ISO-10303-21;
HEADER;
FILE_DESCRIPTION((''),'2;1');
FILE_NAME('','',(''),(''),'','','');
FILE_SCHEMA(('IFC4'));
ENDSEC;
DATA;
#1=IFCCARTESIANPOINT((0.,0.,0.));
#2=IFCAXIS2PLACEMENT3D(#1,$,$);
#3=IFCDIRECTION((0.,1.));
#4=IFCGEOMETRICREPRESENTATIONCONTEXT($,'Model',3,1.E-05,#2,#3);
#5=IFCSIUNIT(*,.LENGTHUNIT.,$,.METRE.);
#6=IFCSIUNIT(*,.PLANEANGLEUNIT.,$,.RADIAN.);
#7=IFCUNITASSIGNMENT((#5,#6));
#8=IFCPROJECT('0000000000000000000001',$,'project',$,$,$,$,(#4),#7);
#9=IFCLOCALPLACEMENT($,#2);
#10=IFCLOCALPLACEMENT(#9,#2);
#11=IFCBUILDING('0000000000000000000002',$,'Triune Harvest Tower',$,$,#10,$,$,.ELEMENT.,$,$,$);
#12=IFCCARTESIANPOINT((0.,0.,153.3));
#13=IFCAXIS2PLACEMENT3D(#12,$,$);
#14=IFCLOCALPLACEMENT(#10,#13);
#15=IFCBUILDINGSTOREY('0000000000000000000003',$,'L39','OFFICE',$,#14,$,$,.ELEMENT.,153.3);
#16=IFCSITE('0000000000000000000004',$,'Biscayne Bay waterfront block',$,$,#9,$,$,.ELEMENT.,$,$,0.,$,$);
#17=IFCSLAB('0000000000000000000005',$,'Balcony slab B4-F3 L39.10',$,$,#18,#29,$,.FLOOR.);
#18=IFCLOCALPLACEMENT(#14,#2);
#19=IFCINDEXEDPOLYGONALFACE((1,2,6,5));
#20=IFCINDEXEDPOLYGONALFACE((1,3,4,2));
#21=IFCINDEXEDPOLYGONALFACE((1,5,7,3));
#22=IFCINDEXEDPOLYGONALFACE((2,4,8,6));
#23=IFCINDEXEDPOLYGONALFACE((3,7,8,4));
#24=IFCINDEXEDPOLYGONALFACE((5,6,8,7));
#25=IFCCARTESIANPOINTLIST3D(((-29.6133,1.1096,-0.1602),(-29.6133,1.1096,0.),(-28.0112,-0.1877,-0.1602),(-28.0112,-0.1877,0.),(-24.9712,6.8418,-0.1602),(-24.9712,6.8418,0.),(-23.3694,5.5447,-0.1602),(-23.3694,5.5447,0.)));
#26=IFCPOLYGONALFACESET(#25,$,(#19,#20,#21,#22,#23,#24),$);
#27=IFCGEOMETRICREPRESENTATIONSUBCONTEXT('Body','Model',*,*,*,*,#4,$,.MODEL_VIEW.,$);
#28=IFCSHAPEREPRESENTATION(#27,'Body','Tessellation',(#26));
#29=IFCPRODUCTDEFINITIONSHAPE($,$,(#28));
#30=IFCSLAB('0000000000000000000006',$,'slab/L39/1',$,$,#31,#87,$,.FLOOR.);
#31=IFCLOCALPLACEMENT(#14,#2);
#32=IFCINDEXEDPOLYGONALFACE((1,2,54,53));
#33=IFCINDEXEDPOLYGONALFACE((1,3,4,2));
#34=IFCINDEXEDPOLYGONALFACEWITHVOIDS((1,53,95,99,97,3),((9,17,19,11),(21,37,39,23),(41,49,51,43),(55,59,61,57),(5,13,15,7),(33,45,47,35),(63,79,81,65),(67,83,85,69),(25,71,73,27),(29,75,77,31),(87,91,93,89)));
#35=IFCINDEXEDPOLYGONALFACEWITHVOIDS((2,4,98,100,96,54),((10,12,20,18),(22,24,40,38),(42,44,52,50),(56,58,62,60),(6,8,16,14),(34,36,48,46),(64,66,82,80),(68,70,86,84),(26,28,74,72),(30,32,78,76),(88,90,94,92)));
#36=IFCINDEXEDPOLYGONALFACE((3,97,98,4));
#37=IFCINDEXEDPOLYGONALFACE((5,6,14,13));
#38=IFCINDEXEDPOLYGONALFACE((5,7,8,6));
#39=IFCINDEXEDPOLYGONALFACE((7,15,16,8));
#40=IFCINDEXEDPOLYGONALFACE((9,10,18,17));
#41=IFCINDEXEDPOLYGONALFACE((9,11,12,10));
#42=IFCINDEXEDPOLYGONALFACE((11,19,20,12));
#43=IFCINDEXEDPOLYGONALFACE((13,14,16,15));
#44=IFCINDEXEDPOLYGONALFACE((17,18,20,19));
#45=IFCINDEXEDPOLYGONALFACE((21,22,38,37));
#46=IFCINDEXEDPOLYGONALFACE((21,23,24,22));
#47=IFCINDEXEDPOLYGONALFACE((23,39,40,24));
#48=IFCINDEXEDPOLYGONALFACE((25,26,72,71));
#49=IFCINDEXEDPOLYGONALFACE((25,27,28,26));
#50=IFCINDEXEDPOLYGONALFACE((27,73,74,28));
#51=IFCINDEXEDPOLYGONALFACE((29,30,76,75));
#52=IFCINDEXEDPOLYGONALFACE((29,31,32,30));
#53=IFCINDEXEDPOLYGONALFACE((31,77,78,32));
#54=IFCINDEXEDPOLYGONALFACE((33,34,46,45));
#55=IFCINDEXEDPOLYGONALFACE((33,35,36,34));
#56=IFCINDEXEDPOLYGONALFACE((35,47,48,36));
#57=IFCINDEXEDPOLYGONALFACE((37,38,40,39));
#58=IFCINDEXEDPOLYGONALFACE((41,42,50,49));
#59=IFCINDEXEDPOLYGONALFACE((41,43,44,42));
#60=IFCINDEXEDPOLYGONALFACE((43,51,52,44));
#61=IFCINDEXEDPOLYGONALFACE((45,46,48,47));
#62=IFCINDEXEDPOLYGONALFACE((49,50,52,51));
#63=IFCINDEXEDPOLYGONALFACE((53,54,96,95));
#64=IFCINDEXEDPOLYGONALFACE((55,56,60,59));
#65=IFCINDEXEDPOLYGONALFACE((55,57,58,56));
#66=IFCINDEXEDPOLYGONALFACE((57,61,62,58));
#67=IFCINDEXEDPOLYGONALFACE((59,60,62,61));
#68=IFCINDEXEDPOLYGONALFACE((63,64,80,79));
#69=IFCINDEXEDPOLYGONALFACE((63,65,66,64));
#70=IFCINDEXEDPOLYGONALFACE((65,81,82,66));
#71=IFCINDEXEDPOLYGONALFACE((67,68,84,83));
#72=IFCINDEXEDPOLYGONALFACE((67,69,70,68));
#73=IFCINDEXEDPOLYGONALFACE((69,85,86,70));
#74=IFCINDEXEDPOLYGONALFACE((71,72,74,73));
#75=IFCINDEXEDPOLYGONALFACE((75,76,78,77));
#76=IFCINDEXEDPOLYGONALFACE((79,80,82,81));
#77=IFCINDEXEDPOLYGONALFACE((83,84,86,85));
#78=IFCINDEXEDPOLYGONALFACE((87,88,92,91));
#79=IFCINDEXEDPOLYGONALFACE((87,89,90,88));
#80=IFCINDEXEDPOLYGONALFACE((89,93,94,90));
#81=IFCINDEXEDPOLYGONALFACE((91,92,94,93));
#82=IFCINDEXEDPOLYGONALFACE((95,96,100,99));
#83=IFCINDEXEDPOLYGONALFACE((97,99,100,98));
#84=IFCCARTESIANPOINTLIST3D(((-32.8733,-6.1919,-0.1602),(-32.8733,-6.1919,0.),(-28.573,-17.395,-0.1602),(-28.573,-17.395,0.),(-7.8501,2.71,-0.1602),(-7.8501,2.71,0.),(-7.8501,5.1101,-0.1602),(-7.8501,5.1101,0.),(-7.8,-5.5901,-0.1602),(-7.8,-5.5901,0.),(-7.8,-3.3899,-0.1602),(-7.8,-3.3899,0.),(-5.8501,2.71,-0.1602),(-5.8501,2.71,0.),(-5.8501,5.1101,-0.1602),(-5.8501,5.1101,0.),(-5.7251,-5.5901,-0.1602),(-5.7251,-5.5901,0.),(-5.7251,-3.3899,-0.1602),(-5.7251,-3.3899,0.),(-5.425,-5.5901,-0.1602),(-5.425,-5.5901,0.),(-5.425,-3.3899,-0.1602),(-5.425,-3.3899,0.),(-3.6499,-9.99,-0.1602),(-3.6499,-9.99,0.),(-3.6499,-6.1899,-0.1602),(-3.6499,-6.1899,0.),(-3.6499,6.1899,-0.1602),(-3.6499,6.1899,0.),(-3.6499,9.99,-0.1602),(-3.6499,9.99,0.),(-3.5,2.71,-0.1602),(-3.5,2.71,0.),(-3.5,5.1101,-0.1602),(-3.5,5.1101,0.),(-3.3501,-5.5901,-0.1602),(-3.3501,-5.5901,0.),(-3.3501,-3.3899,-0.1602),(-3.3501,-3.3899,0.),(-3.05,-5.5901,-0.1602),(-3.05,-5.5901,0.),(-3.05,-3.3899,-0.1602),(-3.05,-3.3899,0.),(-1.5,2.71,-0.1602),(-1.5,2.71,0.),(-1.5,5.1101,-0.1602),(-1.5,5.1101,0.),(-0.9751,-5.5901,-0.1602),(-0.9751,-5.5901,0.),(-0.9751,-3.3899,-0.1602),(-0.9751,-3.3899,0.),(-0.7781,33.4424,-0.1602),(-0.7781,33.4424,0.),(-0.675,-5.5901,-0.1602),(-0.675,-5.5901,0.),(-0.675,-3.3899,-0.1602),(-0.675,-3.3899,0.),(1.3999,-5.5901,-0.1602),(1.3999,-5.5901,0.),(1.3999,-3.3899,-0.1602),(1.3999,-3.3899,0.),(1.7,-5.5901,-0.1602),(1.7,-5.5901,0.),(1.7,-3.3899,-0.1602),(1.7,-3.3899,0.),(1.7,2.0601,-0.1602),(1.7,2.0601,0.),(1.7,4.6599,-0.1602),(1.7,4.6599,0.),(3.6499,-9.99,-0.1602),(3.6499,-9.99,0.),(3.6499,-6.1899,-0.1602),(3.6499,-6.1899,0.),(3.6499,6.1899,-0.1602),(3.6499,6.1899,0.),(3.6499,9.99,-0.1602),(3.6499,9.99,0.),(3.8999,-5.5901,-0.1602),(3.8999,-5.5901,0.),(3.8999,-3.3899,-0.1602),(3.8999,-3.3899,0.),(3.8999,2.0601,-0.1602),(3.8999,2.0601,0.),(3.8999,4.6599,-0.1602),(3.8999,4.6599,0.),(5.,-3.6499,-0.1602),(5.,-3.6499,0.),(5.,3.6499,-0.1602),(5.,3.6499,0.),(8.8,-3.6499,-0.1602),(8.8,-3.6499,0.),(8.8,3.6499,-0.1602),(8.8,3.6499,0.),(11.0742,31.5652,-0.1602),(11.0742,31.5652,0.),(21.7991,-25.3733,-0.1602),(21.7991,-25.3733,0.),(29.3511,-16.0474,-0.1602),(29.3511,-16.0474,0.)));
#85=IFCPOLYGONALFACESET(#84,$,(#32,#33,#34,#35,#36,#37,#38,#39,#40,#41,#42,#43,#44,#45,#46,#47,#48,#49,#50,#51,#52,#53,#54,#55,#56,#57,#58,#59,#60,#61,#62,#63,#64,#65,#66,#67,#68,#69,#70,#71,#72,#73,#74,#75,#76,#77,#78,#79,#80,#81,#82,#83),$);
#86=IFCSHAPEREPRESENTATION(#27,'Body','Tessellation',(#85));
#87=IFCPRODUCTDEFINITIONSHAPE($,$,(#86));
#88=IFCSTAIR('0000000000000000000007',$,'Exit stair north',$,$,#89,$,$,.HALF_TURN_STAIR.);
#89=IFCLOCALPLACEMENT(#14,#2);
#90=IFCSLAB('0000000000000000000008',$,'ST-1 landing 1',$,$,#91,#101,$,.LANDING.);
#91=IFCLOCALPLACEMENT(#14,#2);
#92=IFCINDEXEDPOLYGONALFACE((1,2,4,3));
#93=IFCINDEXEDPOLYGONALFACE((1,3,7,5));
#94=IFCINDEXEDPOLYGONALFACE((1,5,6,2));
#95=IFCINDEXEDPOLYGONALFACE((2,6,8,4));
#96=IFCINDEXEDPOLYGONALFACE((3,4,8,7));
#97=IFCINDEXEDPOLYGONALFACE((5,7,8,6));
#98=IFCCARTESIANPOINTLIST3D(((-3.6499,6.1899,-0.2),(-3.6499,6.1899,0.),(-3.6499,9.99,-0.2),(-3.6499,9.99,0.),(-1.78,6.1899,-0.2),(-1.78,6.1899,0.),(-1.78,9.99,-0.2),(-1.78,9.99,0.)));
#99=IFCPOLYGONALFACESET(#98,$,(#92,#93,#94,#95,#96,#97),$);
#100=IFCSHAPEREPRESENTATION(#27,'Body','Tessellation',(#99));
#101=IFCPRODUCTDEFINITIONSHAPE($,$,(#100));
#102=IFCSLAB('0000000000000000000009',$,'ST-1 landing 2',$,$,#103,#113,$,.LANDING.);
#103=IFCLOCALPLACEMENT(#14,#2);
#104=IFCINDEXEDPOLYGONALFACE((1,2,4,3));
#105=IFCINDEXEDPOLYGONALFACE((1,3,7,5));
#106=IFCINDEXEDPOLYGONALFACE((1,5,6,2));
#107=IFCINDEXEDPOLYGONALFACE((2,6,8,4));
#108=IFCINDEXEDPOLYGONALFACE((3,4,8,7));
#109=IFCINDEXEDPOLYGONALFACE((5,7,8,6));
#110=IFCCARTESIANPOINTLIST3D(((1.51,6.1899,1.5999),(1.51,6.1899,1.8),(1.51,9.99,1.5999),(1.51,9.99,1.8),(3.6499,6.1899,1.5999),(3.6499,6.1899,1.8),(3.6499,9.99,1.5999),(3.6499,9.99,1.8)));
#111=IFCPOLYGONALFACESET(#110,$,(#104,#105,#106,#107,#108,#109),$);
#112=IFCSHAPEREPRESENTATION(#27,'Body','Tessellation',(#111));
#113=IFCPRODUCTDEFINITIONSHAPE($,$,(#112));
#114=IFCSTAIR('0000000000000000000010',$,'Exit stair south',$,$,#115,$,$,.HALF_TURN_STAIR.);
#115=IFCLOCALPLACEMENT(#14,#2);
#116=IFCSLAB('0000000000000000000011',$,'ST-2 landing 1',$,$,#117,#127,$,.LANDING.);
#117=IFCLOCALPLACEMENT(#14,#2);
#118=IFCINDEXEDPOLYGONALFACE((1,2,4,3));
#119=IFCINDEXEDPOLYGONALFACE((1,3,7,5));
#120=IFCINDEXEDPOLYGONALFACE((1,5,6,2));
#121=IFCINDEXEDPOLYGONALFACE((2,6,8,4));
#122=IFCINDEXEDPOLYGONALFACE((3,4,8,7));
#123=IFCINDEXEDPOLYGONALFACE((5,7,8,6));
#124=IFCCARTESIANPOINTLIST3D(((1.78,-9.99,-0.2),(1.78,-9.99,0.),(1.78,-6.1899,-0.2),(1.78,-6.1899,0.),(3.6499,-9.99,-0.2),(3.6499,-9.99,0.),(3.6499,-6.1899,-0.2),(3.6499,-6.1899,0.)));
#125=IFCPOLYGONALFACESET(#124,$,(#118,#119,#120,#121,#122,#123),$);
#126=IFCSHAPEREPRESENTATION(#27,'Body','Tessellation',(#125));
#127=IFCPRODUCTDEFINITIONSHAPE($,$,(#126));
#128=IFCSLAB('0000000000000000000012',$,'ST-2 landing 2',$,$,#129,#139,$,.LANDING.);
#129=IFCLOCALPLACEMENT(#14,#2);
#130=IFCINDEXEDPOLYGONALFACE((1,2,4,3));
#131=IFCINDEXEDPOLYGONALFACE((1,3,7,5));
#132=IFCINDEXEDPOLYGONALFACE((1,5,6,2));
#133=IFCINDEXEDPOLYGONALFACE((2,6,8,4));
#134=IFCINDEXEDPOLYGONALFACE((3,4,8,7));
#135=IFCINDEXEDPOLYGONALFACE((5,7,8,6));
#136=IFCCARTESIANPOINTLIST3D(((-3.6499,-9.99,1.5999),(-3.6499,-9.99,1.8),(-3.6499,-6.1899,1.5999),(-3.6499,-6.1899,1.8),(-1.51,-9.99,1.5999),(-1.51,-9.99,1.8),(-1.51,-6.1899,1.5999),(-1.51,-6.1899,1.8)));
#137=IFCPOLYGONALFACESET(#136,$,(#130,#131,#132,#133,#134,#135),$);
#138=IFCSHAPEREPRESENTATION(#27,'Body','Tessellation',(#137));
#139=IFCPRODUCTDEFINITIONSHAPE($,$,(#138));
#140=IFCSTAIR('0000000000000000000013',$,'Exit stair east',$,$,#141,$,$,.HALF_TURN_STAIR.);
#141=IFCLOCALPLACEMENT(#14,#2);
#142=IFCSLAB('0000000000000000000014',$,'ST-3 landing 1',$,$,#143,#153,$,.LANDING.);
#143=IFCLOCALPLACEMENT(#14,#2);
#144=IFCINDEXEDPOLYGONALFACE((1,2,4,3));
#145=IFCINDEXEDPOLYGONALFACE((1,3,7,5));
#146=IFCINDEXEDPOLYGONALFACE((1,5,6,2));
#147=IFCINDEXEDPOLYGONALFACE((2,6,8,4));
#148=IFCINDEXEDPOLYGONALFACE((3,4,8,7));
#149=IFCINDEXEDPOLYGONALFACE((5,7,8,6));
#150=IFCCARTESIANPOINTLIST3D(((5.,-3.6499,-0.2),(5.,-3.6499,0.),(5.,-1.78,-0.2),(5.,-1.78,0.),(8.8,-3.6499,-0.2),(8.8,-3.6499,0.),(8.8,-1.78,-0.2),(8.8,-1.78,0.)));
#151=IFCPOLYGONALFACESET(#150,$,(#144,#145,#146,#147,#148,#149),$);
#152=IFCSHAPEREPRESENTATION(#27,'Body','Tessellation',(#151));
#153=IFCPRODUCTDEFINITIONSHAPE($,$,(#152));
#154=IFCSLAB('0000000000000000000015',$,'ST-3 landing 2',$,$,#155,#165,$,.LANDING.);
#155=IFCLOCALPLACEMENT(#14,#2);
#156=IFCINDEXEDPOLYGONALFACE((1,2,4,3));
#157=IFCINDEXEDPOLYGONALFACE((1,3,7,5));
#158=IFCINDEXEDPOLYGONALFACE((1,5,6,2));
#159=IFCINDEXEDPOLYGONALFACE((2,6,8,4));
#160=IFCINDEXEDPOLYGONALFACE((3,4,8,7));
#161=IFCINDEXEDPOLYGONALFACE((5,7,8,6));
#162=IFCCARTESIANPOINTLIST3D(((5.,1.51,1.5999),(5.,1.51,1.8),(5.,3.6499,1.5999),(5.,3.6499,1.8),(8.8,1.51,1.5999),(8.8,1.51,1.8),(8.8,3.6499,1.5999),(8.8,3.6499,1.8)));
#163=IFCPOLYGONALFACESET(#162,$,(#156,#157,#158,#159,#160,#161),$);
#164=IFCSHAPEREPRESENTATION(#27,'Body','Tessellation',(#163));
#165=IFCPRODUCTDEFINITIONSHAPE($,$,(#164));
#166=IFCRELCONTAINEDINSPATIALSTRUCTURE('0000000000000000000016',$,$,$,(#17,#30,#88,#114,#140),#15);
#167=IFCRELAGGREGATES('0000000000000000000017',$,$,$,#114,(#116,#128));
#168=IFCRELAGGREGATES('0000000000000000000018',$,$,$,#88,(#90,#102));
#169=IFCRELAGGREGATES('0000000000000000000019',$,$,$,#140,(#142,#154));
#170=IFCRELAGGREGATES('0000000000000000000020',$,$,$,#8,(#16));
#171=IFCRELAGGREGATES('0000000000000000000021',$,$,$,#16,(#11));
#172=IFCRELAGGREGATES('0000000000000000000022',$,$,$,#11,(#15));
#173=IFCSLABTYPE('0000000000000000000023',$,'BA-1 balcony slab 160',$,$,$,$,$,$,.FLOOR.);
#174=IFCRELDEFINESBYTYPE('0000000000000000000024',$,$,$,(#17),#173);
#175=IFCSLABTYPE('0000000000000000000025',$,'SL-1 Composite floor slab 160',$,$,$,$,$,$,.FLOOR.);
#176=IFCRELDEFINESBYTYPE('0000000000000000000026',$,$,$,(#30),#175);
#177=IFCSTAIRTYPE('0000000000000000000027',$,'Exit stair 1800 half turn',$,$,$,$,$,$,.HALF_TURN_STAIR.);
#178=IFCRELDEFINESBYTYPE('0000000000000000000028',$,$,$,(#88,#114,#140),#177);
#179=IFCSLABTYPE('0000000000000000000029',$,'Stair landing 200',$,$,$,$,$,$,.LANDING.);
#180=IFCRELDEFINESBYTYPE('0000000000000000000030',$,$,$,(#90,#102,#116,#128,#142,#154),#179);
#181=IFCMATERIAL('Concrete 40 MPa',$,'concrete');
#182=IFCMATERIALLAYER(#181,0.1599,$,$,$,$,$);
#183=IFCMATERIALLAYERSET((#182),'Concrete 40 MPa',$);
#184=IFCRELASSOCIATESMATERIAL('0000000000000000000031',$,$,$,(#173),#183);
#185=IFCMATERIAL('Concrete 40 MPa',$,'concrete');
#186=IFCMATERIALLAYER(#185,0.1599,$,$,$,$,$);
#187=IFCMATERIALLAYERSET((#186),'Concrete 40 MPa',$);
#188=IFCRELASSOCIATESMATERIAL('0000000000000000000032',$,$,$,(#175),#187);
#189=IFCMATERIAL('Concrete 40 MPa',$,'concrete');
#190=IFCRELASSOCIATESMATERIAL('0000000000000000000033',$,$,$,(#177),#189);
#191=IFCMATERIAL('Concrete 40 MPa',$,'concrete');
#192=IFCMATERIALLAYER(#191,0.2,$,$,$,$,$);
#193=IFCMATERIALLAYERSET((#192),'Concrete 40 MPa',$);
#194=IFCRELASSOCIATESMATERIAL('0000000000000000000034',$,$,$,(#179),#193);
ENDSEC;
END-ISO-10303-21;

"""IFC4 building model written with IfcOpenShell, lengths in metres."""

from ifc_helpers import new_model, si_unit, direction, frame, origin, place, context, subcontext, project, spatial, polyline, outline, extrude, source, transform, mapped, material, layer, layer_set, type_object, element, aggregate, save


model = new_model("IFC4")

# Units and contexts
model_context = context("Model", 3, precision=1e-05, world=origin(), true_north=direction((0.0, 1.0)))
body_context = subcontext(model_context, "Body", "Model", "MODEL_VIEW")
ifc_project = project(units=[si_unit("LENGTHUNIT", "METRE"), si_unit("PLANEANGLEUNIT", "RADIAN")], contexts=[model_context])

# Site, building, storey
site_placement = place(None, origin())
site = spatial("IfcSite", under=ifc_project, at=site_placement, Name="Biscayne Bay waterfront block", CompositionType="ELEMENT", RefElevation=0.0)
building_placement = place(site_placement, origin())
building = spatial("IfcBuilding", under=site, at=building_placement, Name="Triune Harvest Tower", CompositionType="ELEMENT")
storey_placement = place(building_placement, frame((0.0, 0.0, 153.3)))
storey = spatial("IfcBuildingStorey", under=building, at=storey_placement, Name="L39", Description="OFFICE", CompositionType="ELEMENT", Elevation=153.3)

# Slabs
ifc_material_1 = material(Name="Concrete 40 MPa", Category="concrete")
ifc_layer_1 = layer(ifc_material_1, 0.1599)
ifc_layer_set_1 = layer_set([ifc_layer_1], Name="Concrete 40 MPa")
slab_type_1 = type_object("IfcSlabType", Name="BA-1 balcony slab 160", PredefinedType="FLOOR", material=ifc_layer_set_1)
slab_1_placement = place(storey_placement, frame((0.0, 0.0, -0.1602)))
element("IfcSlab", 1, at=slab_1_placement, inside=storey, type_object=slab_type_1, Name="Balcony slab B4-F3 L39.10", PredefinedType="FLOOR", context=body_context, shape_type="SweptSolid", body=[
    extrude(outline(polyline([(-23.3694, 5.5447), (-28.0112, -0.1877), (-29.6133, 1.1096), (-24.9712, 6.8418), (-23.3694, 5.5447)])), origin(), (0.0, 0.0, 1.0), 0.1602),
])
ifc_material_2 = material(Name="Concrete 40 MPa", Category="concrete")
ifc_layer_2 = layer(ifc_material_2, 0.1599)
ifc_layer_set_2 = layer_set([ifc_layer_2], Name="Concrete 40 MPa")
slab_type_2 = type_object("IfcSlabType", Name="SL-1 Composite floor slab 160", PredefinedType="FLOOR", material=ifc_layer_set_2)
shared_shape_1 = source(origin(), body_context, "Body", "SweptSolid", [
    extrude(outline(polyline([(29.3511, -16.0474), (11.0742, 31.5652), (-0.7781, 33.4424), (-32.8733, -6.1919), (-28.573, -17.395), (21.7991, -25.3733), (29.3511, -16.0474)]), holes=[polyline([(-5.7251, -5.5901), (-5.7251, -3.3899), (-7.8, -3.3899), (-7.8, -5.5901), (-5.7251, -5.5901)]), polyline([(-3.3501, -5.5901), (-3.3501, -3.3899), (-5.425, -3.3899), (-5.425, -5.5901), (-3.3501, -5.5901)]), polyline([(-0.9751, -5.5901), (-0.9751, -3.3899), (-3.05, -3.3899), (-3.05, -5.5901), (-0.9751, -5.5901)]), polyline([(1.3999, -5.5901), (1.3999, -3.3899), (-0.675, -3.3899), (-0.675, -5.5901), (1.3999, -5.5901)]), polyline([(3.8999, 2.0601), (3.8999, 4.6599), (1.7, 4.6599), (1.7, 2.0601), (3.8999, 2.0601)]), polyline([(3.8999, -5.5901), (3.8999, -3.3899), (1.7, -3.3899), (1.7, -5.5901), (3.8999, -5.5901)]), polyline([(-5.8501, 2.71), (-5.8501, 5.1101), (-7.8501, 5.1101), (-7.8501, 2.71), (-5.8501, 2.71)]), polyline([(-1.5, 2.71), (-1.5, 5.1101), (-3.5, 5.1101), (-3.5, 2.71), (-1.5, 2.71)]), polyline([(3.6499, 6.1899), (3.6499, 9.99), (-3.6499, 9.99), (-3.6499, 6.1899), (3.6499, 6.1899)]), polyline([(3.6499, -9.99), (3.6499, -6.1899), (-3.6499, -6.1899), (-3.6499, -9.99), (3.6499, -9.99)]), polyline([(8.8, -3.6499), (8.8, 3.6499), (5.0, 3.6499), (5.0, -3.6499), (8.8, -3.6499)])]), origin(), (0.0, 0.0, 1.0), 0.1602),
])
slab_2_placement = place(storey_placement, frame((0.0, 0.0, -0.1602)))
element("IfcSlab", 2, at=slab_2_placement, inside=storey, type_object=slab_type_2, Name="slab/L39/1", PredefinedType="FLOOR", context=body_context, shape_type="MappedRepresentation", body=[
    mapped(shared_shape_1, transform((0.0, 0.0, 0.0), scale=1.0)),
])

# Stairs, slabs
ifc_material_3 = material(Name="Concrete 40 MPa", Category="concrete")
stair_type = type_object("IfcStairType", Name="Exit stair 1800 half turn", PredefinedType="HALF_TURN_STAIR", material=ifc_material_3)
stair_1_placement = place(storey_placement, origin())
stair_1 = element("IfcStair", 3, at=stair_1_placement, inside=storey, type_object=stair_type, Name="Exit stair north", PredefinedType="HALF_TURN_STAIR")
ifc_material_4 = material(Name="Concrete 40 MPa", Category="concrete")
ifc_layer_3 = layer(ifc_material_4, 0.2)
ifc_layer_set_3 = layer_set([ifc_layer_3], Name="Concrete 40 MPa")
slab_type_3 = type_object("IfcSlabType", Name="Stair landing 200", PredefinedType="LANDING", material=ifc_layer_set_3)
shared_shape_2 = source(origin(), body_context, "Body", "SweptSolid", [
    extrude(outline(polyline([(-3.6499, 6.1899), (-1.78, 6.1899), (-1.78, 9.99), (-3.6499, 9.99), (-3.6499, 6.1899)])), origin(), (0.0, 0.0, 1.0), 0.2),
])
slab_3_placement = place(storey_placement, frame((0.0, 0.0, -0.2)))
slab_3 = element("IfcSlab", 4, at=slab_3_placement, type_object=slab_type_3, Name="ST-1 landing 1", PredefinedType="LANDING", context=body_context, shape_type="MappedRepresentation", body=[
    mapped(shared_shape_2, transform((0.0, 0.0, 0.0), scale=1.0)),
])
shared_shape_3 = source(origin(), body_context, "Body", "SweptSolid", [
    extrude(outline(polyline([(1.51, 6.1899), (3.6499, 6.1899), (3.6499, 9.99), (1.51, 9.99), (1.51, 6.1899)])), origin(), (0.0, 0.0, 1.0), 0.2002),
])
slab_4_placement = place(storey_placement, frame((0.0, 0.0, 1.5999)))
slab_4 = element("IfcSlab", 5, at=slab_4_placement, type_object=slab_type_3, Name="ST-1 landing 2", PredefinedType="LANDING", context=body_context, shape_type="MappedRepresentation", body=[
    mapped(shared_shape_3, transform((0.0, 0.0, 0.0), scale=1.0)),
])
stair_2_placement = place(storey_placement, origin())
stair_2 = element("IfcStair", 6, at=stair_2_placement, inside=storey, type_object=stair_type, Name="Exit stair south", PredefinedType="HALF_TURN_STAIR")
shared_shape_4 = source(origin(), body_context, "Body", "SweptSolid", [
    extrude(outline(polyline([(3.6499, -6.1899), (1.78, -6.1899), (1.78, -9.99), (3.6499, -9.99), (3.6499, -6.1899)])), origin(), (0.0, 0.0, 1.0), 0.2),
])
slab_5_placement = place(storey_placement, frame((0.0, 0.0, -0.2)))
slab_5 = element("IfcSlab", 7, at=slab_5_placement, type_object=slab_type_3, Name="ST-2 landing 1", PredefinedType="LANDING", context=body_context, shape_type="MappedRepresentation", body=[
    mapped(shared_shape_4, transform((0.0, 0.0, 0.0), scale=1.0)),
])
shared_shape_5 = source(origin(), body_context, "Body", "SweptSolid", [
    extrude(outline(polyline([(-1.51, -6.1899), (-3.6499, -6.1899), (-3.6499, -9.99), (-1.51, -9.99), (-1.51, -6.1899)])), origin(), (0.0, 0.0, 1.0), 0.2002),
])
slab_6_placement = place(storey_placement, frame((0.0, 0.0, 1.5999)))
slab_6 = element("IfcSlab", 8, at=slab_6_placement, type_object=slab_type_3, Name="ST-2 landing 2", PredefinedType="LANDING", context=body_context, shape_type="MappedRepresentation", body=[
    mapped(shared_shape_5, transform((0.0, 0.0, 0.0), scale=1.0)),
])
aggregate(stair_2, [slab_5, slab_6])
stair_3_placement = place(storey_placement, origin())
stair_3 = element("IfcStair", 9, at=stair_3_placement, inside=storey, type_object=stair_type, Name="Exit stair east", PredefinedType="HALF_TURN_STAIR")
shared_shape_6 = source(origin(), body_context, "Body", "SweptSolid", [
    extrude(outline(polyline([(8.8, -3.6499), (8.8, -1.78), (5.0, -1.78), (5.0, -3.6499), (8.8, -3.6499)])), origin(), (0.0, 0.0, 1.0), 0.2),
])
slab_7_placement = place(storey_placement, frame((0.0, 0.0, -0.2)))
slab_7 = element("IfcSlab", 10, at=slab_7_placement, type_object=slab_type_3, Name="ST-3 landing 1", PredefinedType="LANDING", context=body_context, shape_type="MappedRepresentation", body=[
    mapped(shared_shape_6, transform((0.0, 0.0, 0.0), scale=1.0)),
])
shared_shape_7 = source(origin(), body_context, "Body", "SweptSolid", [
    extrude(outline(polyline([(8.8, 1.51), (8.8, 3.6499), (5.0, 3.6499), (5.0, 1.51), (8.8, 1.51)])), origin(), (0.0, 0.0, 1.0), 0.2002),
])
slab_8_placement = place(storey_placement, frame((0.0, 0.0, 1.5999)))
slab_8 = element("IfcSlab", 11, at=slab_8_placement, type_object=slab_type_3, Name="ST-3 landing 2", PredefinedType="LANDING", context=body_context, shape_type="MappedRepresentation", body=[
    mapped(shared_shape_7, transform((0.0, 0.0, 0.0), scale=1.0)),
])

aggregate(stair_1, [slab_3, slab_4])
aggregate(stair_3, [slab_7, slab_8])

save(model, "model.ifc")
